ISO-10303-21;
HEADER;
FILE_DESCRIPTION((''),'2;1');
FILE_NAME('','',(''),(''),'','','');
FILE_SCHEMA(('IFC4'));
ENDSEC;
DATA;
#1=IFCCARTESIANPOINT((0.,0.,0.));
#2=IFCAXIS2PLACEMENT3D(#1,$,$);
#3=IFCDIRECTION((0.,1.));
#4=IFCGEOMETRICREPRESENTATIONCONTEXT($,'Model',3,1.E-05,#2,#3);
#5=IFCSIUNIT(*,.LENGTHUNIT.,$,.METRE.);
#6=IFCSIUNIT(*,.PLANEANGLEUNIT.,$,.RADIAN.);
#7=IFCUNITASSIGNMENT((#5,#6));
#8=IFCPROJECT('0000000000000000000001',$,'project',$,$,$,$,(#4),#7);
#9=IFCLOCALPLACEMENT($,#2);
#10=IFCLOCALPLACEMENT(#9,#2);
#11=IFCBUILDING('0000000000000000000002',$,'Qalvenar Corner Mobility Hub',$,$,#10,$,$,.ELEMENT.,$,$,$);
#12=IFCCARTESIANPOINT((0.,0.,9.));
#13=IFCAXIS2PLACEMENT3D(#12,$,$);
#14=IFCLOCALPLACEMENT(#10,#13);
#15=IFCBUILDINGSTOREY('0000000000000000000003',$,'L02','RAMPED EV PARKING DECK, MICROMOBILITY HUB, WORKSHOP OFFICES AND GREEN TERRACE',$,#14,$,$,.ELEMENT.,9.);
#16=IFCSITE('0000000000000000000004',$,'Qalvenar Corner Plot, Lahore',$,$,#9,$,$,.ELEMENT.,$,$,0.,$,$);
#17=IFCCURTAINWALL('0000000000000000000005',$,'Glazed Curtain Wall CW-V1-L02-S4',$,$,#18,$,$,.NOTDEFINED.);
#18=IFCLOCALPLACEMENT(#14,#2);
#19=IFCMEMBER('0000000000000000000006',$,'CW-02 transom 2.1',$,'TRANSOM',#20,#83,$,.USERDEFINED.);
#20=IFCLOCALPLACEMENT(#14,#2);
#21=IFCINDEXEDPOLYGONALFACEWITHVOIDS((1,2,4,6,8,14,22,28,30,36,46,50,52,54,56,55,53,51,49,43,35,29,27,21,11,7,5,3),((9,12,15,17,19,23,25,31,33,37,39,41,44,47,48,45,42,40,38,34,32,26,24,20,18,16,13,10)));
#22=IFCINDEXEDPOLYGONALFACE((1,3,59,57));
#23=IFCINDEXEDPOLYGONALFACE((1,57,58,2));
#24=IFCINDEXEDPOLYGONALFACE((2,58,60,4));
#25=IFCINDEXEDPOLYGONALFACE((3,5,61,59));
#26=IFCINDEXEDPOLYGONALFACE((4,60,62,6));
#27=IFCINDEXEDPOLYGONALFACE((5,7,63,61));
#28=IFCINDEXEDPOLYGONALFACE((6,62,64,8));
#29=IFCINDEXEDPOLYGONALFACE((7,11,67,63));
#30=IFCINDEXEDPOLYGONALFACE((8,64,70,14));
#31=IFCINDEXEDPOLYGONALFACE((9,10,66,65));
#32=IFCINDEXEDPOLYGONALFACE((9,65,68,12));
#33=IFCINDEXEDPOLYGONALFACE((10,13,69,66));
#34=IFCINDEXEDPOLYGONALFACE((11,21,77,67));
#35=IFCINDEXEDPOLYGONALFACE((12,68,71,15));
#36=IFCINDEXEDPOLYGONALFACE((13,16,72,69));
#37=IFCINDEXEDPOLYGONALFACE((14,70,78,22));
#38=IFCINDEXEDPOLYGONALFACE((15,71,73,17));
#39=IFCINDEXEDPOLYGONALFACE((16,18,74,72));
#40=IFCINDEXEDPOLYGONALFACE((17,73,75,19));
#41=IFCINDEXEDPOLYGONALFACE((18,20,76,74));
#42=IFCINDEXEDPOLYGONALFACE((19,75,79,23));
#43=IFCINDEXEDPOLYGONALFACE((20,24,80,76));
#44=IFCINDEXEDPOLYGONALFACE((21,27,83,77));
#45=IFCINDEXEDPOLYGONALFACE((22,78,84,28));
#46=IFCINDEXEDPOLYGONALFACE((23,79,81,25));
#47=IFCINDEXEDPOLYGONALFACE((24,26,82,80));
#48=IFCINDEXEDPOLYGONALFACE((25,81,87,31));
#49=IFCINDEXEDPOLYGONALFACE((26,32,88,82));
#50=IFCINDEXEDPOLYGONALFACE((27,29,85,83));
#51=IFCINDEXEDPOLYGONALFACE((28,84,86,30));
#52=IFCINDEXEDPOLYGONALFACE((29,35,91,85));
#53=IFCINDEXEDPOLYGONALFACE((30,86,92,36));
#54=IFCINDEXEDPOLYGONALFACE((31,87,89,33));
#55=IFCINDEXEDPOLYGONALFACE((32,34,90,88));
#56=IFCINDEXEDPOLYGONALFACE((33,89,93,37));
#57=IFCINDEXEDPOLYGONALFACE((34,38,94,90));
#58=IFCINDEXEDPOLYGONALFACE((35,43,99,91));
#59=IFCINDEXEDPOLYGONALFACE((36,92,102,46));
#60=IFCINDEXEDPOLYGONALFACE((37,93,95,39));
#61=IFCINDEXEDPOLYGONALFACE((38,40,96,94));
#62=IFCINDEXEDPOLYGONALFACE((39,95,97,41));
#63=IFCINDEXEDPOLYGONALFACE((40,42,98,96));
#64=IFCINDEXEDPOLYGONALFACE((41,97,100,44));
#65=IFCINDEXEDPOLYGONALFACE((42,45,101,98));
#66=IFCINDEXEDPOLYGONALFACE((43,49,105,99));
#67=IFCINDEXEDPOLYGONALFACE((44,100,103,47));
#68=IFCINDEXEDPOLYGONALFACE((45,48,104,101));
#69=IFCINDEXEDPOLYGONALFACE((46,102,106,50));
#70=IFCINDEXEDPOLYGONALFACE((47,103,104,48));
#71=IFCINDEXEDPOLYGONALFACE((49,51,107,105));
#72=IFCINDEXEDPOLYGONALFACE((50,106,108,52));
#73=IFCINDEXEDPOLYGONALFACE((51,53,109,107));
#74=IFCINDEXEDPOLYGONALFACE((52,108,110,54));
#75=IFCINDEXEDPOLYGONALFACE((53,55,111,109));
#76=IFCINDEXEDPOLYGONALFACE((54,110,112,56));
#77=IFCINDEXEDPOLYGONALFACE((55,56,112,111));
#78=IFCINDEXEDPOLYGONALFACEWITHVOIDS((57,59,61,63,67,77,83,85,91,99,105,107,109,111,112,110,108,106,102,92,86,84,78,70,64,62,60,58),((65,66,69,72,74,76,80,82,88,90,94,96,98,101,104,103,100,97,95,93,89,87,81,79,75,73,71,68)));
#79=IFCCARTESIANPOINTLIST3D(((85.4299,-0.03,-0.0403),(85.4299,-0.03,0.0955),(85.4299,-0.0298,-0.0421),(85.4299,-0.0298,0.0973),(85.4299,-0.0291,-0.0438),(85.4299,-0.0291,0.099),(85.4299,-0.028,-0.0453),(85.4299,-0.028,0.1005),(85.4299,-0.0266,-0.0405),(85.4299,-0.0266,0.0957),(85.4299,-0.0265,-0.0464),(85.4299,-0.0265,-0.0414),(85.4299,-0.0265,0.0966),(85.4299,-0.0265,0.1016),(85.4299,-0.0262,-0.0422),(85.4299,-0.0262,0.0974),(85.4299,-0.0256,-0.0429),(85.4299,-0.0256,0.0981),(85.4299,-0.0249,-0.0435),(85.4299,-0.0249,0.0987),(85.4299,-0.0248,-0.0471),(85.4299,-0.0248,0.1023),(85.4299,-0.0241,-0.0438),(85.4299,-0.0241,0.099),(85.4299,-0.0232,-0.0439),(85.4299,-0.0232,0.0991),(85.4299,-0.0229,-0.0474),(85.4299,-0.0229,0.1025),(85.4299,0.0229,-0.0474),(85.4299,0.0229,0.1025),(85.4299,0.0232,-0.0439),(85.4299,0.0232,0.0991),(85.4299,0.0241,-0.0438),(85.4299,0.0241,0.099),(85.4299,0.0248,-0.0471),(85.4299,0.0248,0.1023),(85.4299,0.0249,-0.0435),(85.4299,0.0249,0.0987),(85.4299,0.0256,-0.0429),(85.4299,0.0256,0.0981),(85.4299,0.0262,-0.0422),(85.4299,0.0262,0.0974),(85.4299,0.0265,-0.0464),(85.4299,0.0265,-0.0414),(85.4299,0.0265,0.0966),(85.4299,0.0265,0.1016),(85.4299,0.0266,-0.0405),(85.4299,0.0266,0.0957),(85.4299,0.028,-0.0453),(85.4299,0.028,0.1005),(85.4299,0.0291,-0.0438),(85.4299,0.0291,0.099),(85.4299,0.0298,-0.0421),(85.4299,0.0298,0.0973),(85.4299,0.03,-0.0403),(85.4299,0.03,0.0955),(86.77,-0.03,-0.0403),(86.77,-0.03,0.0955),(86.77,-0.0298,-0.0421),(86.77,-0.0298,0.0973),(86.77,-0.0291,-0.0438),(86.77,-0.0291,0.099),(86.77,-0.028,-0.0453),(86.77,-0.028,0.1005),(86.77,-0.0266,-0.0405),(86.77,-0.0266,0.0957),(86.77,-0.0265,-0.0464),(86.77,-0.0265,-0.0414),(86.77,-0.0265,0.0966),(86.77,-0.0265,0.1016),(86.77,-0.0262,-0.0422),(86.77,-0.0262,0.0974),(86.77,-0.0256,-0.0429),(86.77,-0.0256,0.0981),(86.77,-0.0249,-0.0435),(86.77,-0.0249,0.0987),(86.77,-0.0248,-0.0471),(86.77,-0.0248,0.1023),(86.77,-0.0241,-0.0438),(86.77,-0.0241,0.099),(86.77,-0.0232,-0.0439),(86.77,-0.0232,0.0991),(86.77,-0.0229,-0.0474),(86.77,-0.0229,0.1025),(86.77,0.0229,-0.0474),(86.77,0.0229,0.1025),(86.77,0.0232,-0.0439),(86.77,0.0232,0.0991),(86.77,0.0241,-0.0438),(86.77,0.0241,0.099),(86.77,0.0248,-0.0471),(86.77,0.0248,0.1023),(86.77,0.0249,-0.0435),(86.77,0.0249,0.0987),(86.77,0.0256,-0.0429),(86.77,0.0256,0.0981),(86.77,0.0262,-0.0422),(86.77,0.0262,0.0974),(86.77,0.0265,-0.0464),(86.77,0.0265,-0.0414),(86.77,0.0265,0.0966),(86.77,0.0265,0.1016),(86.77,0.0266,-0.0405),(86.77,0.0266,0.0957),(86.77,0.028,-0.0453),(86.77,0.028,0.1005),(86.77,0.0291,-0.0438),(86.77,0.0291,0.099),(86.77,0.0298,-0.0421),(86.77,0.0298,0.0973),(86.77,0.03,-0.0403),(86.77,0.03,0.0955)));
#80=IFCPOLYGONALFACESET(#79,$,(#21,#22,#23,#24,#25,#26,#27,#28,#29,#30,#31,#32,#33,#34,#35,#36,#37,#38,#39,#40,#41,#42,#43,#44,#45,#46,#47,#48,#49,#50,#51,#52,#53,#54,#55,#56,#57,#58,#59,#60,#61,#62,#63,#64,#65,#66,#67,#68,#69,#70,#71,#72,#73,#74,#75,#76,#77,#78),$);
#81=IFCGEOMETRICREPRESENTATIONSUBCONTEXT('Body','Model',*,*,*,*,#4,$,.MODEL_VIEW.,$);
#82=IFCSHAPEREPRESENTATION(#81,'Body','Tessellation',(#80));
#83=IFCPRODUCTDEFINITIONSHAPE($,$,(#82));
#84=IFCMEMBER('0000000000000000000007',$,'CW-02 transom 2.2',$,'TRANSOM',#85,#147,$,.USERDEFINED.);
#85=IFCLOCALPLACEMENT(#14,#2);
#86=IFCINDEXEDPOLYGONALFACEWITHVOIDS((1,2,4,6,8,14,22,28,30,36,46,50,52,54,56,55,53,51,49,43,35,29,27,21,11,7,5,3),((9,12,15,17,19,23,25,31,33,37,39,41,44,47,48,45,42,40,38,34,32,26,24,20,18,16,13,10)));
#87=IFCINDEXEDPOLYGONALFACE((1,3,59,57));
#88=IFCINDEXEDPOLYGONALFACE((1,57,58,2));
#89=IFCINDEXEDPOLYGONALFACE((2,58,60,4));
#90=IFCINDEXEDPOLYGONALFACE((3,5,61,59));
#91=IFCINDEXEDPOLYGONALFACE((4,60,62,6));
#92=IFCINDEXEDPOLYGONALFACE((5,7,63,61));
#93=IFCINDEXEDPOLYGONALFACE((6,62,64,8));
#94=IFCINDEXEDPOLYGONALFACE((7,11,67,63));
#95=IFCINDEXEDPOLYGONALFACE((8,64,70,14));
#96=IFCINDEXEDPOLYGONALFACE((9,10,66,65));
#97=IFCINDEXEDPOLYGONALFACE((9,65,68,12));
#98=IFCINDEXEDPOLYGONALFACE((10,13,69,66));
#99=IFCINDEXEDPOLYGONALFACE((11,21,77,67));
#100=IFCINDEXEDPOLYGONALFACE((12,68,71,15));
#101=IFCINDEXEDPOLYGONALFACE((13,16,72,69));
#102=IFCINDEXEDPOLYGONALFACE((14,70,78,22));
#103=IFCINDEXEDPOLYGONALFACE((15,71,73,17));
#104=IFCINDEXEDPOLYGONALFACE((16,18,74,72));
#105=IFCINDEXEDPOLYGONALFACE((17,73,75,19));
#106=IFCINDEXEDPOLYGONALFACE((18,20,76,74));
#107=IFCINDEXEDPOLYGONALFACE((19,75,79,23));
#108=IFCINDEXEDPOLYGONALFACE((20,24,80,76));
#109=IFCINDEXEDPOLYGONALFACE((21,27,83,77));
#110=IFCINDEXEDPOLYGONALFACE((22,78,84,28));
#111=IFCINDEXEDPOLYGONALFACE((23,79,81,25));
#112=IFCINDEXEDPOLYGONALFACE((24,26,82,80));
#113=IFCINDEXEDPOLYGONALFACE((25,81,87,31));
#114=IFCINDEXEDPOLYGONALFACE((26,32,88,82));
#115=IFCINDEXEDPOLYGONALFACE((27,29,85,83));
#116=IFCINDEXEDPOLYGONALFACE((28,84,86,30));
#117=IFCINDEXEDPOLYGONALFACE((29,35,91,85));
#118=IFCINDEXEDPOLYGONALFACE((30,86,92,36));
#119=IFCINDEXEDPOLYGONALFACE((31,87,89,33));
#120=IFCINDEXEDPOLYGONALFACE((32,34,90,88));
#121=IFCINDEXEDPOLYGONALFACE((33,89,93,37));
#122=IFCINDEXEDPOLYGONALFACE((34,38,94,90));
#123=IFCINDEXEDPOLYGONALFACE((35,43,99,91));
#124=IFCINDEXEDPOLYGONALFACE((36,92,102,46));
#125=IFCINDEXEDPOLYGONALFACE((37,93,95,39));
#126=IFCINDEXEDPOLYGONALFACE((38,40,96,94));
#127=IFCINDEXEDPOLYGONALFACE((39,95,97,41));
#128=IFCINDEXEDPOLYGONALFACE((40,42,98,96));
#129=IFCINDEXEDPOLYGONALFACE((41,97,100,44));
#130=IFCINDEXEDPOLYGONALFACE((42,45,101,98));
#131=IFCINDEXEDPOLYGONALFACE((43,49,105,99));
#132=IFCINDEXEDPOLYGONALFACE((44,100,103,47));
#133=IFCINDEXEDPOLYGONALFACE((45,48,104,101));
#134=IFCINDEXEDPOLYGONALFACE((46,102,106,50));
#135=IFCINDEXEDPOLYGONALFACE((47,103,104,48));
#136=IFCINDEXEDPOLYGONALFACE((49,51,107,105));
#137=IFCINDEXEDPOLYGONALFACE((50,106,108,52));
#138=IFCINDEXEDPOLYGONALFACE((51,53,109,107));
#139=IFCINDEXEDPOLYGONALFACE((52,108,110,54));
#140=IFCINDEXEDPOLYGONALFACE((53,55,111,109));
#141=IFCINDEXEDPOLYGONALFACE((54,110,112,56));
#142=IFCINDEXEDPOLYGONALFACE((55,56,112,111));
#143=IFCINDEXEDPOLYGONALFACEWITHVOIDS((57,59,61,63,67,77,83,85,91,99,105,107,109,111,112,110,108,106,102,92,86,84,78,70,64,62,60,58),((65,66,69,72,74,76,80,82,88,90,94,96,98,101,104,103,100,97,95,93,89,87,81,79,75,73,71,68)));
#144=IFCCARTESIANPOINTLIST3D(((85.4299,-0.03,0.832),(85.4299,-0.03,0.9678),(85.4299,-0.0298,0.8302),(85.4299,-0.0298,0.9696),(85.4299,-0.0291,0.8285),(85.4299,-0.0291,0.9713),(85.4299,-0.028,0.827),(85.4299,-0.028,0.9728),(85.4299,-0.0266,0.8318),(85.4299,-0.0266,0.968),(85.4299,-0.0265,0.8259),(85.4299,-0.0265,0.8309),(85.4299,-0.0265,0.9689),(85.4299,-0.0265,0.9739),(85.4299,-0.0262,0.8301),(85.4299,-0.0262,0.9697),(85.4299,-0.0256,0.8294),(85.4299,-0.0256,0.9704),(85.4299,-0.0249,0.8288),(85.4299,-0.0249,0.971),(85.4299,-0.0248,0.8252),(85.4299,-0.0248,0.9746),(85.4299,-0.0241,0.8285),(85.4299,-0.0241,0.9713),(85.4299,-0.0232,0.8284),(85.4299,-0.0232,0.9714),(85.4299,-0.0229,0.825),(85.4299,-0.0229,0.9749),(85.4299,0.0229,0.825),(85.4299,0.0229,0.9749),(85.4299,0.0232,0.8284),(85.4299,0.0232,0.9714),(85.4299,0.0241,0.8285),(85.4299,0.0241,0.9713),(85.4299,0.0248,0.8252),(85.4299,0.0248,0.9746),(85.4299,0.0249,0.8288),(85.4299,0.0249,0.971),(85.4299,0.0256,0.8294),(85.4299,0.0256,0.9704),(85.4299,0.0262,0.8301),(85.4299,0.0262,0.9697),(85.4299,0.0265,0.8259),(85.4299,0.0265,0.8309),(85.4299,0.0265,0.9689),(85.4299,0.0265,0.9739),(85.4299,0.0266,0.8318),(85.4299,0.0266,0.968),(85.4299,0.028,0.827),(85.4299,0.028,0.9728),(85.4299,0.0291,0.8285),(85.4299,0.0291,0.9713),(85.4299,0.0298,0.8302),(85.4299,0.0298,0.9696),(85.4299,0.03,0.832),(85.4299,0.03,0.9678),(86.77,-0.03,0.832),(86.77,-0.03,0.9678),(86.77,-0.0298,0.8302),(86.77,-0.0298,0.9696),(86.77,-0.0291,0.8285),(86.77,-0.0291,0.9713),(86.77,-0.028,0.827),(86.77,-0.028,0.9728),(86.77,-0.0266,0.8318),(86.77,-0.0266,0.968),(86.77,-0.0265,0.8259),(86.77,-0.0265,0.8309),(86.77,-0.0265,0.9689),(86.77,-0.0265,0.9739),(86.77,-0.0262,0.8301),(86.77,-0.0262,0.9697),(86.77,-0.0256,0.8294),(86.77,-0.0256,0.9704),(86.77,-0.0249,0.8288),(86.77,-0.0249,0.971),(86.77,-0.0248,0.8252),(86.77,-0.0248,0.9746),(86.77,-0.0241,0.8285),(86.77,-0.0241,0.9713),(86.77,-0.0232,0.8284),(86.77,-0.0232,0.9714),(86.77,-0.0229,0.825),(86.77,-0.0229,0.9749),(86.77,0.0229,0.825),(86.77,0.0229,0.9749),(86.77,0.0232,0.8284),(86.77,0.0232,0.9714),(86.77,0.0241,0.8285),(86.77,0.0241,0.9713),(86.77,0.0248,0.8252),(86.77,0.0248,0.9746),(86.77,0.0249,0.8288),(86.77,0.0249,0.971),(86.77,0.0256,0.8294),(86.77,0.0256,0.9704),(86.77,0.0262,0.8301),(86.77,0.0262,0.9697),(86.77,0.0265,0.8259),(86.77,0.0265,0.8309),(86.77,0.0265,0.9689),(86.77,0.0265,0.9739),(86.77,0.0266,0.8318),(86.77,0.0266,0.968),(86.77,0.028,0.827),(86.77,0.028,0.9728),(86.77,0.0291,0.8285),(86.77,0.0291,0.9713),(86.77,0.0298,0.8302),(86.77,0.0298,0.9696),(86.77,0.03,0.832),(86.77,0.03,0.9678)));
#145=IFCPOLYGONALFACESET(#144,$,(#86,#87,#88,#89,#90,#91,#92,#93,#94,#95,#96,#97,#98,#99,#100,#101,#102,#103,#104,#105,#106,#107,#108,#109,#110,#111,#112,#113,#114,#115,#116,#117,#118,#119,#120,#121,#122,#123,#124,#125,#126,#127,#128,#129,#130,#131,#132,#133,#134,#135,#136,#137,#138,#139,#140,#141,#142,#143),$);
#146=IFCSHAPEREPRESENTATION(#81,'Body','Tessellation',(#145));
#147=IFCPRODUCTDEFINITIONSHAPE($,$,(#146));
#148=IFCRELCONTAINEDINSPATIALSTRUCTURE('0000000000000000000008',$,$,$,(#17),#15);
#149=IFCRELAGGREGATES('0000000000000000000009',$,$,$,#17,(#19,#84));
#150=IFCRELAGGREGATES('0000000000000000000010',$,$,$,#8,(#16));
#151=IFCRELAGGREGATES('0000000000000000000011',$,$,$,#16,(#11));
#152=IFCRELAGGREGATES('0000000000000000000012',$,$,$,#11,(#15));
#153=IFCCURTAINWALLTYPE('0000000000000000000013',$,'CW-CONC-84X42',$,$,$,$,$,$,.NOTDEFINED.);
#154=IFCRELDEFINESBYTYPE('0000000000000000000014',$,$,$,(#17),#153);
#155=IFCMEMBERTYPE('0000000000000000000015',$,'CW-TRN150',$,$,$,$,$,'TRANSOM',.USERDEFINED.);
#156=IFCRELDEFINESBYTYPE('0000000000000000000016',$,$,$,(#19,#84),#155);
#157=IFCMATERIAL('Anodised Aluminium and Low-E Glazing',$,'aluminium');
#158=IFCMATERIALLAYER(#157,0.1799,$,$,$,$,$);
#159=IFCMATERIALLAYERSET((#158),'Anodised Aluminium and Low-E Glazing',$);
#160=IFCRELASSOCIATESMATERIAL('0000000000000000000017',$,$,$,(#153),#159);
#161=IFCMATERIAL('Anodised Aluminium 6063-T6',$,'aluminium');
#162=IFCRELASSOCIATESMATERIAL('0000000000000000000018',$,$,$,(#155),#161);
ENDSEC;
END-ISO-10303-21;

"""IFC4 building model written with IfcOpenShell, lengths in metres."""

from ifc_helpers import new_model, si_unit, direction, frame, origin, origin_2d, place, context, subcontext, project, spatial, hollow_rectangle, extrude, material, layer, layer_set, material_profile, profile_set, type_object, element, aggregate, save


model = new_model("IFC4")

# Units and contexts
model_context = context("Model", 3, precision=1e-05, world=origin(), true_north=direction((0.0, 1.0)))
body_context = subcontext(model_context, "Body", "Model", "MODEL_VIEW")
ifc_project = project(units=[si_unit("LENGTHUNIT", "METRE"), si_unit("PLANEANGLEUNIT", "RADIAN")], contexts=[model_context])

# Site, building, storey
site_placement = place(None, origin())
site = spatial("IfcSite", under=ifc_project, at=site_placement, Name="Qalvenar Corner Plot, Lahore", CompositionType="ELEMENT", RefElevation=0.0)
building_placement = place(site_placement, origin())
building = spatial("IfcBuilding", under=site, at=building_placement, Name="Qalvenar Corner Mobility Hub", CompositionType="ELEMENT")
storey_placement = place(building_placement, frame((0.0, 0.0, 9.0)))
storey = spatial("IfcBuildingStorey", under=building, at=storey_placement, Name="L02", Description="RAMPED EV PARKING DECK, MICROMOBILITY HUB, WORKSHOP OFFICES AND GREEN TERRACE", CompositionType="ELEMENT", Elevation=9.0)

# Curtain wall, members
ifc_material_1 = material(Name="Anodised Aluminium and Low-E Glazing", Category="aluminium")
ifc_layer_1 = layer(ifc_material_1, 0.1799)
ifc_layer_set_1 = layer_set([ifc_layer_1], Name="Anodised Aluminium and Low-E Glazing")
curtain_wall_type = type_object("IfcCurtainWallType", Name="CW-CONC-84X42", PredefinedType="NOTDEFINED", material=ifc_layer_set_1)
curtain_wall_placement = place(storey_placement, origin())
curtain_wall = element("IfcCurtainWall", 1, at=curtain_wall_placement, inside=storey, type_object=curtain_wall_type, Name="Glazed Curtain Wall CW-V1-L02-S4", PredefinedType="NOTDEFINED")
ifc_material_2 = material(Name="Anodised Aluminium 6063-T6", Category="aluminium")
ifc_material_profile_1 = material_profile(ifc_material_2, hollow_rectangle(XDim=0.0601, YDim=0.1499, WallThickness=0.0034, InnerFilletRadius=0.0034, OuterFilletRadius=0.0071, at=origin_2d()), Name="RHS150x60x3.5")
ifc_profile_set_1 = profile_set([ifc_material_profile_1], Name="Anodised Aluminium 6063-T6")
member_type_1 = type_object("IfcMemberType", Name="CW-TRN150", ElementType="TRANSOM", PredefinedType="USERDEFINED", material=ifc_profile_set_1)
member_1_placement = place(storey_placement, frame((85.4299, 0.0, 0.0276), z_axis=(1.0, 0.0, 0.0), x_axis=(0.0, 1.0, 0.0)))
member_1 = element("IfcMember", 2, at=member_1_placement, type_object=member_type_1, Name="CW-02 transom 2.1", ObjectType="TRANSOM", PredefinedType="USERDEFINED", context=body_context, shape_type="SweptSolid", body=[
    extrude(hollow_rectangle(XDim=0.0601, YDim=0.1499, WallThickness=0.0034, InnerFilletRadius=0.0034, OuterFilletRadius=0.0071, at=origin_2d()), origin(), (0.0, 0.0, 1.0), 1.3401),
])
member_2_placement = place(storey_placement, frame((85.4299, 0.0, 0.8999), z_axis=(1.0, 0.0, 0.0), x_axis=(0.0, 1.0, 0.0)))
member_2 = element("IfcMember", 3, at=member_2_placement, type_object=member_type_1, Name="CW-02 transom 2.2", ObjectType="TRANSOM", PredefinedType="USERDEFINED", context=body_context, shape_type="SweptSolid", body=[
    extrude(hollow_rectangle(XDim=0.0601, YDim=0.1499, WallThickness=0.0034, InnerFilletRadius=0.0034, OuterFilletRadius=0.0071, at=origin_2d()), origin(), (0.0, 0.0, 1.0), 1.3401),
])
aggregate(curtain_wall, [member_1, member_2])

save(model, "model.ifc")
